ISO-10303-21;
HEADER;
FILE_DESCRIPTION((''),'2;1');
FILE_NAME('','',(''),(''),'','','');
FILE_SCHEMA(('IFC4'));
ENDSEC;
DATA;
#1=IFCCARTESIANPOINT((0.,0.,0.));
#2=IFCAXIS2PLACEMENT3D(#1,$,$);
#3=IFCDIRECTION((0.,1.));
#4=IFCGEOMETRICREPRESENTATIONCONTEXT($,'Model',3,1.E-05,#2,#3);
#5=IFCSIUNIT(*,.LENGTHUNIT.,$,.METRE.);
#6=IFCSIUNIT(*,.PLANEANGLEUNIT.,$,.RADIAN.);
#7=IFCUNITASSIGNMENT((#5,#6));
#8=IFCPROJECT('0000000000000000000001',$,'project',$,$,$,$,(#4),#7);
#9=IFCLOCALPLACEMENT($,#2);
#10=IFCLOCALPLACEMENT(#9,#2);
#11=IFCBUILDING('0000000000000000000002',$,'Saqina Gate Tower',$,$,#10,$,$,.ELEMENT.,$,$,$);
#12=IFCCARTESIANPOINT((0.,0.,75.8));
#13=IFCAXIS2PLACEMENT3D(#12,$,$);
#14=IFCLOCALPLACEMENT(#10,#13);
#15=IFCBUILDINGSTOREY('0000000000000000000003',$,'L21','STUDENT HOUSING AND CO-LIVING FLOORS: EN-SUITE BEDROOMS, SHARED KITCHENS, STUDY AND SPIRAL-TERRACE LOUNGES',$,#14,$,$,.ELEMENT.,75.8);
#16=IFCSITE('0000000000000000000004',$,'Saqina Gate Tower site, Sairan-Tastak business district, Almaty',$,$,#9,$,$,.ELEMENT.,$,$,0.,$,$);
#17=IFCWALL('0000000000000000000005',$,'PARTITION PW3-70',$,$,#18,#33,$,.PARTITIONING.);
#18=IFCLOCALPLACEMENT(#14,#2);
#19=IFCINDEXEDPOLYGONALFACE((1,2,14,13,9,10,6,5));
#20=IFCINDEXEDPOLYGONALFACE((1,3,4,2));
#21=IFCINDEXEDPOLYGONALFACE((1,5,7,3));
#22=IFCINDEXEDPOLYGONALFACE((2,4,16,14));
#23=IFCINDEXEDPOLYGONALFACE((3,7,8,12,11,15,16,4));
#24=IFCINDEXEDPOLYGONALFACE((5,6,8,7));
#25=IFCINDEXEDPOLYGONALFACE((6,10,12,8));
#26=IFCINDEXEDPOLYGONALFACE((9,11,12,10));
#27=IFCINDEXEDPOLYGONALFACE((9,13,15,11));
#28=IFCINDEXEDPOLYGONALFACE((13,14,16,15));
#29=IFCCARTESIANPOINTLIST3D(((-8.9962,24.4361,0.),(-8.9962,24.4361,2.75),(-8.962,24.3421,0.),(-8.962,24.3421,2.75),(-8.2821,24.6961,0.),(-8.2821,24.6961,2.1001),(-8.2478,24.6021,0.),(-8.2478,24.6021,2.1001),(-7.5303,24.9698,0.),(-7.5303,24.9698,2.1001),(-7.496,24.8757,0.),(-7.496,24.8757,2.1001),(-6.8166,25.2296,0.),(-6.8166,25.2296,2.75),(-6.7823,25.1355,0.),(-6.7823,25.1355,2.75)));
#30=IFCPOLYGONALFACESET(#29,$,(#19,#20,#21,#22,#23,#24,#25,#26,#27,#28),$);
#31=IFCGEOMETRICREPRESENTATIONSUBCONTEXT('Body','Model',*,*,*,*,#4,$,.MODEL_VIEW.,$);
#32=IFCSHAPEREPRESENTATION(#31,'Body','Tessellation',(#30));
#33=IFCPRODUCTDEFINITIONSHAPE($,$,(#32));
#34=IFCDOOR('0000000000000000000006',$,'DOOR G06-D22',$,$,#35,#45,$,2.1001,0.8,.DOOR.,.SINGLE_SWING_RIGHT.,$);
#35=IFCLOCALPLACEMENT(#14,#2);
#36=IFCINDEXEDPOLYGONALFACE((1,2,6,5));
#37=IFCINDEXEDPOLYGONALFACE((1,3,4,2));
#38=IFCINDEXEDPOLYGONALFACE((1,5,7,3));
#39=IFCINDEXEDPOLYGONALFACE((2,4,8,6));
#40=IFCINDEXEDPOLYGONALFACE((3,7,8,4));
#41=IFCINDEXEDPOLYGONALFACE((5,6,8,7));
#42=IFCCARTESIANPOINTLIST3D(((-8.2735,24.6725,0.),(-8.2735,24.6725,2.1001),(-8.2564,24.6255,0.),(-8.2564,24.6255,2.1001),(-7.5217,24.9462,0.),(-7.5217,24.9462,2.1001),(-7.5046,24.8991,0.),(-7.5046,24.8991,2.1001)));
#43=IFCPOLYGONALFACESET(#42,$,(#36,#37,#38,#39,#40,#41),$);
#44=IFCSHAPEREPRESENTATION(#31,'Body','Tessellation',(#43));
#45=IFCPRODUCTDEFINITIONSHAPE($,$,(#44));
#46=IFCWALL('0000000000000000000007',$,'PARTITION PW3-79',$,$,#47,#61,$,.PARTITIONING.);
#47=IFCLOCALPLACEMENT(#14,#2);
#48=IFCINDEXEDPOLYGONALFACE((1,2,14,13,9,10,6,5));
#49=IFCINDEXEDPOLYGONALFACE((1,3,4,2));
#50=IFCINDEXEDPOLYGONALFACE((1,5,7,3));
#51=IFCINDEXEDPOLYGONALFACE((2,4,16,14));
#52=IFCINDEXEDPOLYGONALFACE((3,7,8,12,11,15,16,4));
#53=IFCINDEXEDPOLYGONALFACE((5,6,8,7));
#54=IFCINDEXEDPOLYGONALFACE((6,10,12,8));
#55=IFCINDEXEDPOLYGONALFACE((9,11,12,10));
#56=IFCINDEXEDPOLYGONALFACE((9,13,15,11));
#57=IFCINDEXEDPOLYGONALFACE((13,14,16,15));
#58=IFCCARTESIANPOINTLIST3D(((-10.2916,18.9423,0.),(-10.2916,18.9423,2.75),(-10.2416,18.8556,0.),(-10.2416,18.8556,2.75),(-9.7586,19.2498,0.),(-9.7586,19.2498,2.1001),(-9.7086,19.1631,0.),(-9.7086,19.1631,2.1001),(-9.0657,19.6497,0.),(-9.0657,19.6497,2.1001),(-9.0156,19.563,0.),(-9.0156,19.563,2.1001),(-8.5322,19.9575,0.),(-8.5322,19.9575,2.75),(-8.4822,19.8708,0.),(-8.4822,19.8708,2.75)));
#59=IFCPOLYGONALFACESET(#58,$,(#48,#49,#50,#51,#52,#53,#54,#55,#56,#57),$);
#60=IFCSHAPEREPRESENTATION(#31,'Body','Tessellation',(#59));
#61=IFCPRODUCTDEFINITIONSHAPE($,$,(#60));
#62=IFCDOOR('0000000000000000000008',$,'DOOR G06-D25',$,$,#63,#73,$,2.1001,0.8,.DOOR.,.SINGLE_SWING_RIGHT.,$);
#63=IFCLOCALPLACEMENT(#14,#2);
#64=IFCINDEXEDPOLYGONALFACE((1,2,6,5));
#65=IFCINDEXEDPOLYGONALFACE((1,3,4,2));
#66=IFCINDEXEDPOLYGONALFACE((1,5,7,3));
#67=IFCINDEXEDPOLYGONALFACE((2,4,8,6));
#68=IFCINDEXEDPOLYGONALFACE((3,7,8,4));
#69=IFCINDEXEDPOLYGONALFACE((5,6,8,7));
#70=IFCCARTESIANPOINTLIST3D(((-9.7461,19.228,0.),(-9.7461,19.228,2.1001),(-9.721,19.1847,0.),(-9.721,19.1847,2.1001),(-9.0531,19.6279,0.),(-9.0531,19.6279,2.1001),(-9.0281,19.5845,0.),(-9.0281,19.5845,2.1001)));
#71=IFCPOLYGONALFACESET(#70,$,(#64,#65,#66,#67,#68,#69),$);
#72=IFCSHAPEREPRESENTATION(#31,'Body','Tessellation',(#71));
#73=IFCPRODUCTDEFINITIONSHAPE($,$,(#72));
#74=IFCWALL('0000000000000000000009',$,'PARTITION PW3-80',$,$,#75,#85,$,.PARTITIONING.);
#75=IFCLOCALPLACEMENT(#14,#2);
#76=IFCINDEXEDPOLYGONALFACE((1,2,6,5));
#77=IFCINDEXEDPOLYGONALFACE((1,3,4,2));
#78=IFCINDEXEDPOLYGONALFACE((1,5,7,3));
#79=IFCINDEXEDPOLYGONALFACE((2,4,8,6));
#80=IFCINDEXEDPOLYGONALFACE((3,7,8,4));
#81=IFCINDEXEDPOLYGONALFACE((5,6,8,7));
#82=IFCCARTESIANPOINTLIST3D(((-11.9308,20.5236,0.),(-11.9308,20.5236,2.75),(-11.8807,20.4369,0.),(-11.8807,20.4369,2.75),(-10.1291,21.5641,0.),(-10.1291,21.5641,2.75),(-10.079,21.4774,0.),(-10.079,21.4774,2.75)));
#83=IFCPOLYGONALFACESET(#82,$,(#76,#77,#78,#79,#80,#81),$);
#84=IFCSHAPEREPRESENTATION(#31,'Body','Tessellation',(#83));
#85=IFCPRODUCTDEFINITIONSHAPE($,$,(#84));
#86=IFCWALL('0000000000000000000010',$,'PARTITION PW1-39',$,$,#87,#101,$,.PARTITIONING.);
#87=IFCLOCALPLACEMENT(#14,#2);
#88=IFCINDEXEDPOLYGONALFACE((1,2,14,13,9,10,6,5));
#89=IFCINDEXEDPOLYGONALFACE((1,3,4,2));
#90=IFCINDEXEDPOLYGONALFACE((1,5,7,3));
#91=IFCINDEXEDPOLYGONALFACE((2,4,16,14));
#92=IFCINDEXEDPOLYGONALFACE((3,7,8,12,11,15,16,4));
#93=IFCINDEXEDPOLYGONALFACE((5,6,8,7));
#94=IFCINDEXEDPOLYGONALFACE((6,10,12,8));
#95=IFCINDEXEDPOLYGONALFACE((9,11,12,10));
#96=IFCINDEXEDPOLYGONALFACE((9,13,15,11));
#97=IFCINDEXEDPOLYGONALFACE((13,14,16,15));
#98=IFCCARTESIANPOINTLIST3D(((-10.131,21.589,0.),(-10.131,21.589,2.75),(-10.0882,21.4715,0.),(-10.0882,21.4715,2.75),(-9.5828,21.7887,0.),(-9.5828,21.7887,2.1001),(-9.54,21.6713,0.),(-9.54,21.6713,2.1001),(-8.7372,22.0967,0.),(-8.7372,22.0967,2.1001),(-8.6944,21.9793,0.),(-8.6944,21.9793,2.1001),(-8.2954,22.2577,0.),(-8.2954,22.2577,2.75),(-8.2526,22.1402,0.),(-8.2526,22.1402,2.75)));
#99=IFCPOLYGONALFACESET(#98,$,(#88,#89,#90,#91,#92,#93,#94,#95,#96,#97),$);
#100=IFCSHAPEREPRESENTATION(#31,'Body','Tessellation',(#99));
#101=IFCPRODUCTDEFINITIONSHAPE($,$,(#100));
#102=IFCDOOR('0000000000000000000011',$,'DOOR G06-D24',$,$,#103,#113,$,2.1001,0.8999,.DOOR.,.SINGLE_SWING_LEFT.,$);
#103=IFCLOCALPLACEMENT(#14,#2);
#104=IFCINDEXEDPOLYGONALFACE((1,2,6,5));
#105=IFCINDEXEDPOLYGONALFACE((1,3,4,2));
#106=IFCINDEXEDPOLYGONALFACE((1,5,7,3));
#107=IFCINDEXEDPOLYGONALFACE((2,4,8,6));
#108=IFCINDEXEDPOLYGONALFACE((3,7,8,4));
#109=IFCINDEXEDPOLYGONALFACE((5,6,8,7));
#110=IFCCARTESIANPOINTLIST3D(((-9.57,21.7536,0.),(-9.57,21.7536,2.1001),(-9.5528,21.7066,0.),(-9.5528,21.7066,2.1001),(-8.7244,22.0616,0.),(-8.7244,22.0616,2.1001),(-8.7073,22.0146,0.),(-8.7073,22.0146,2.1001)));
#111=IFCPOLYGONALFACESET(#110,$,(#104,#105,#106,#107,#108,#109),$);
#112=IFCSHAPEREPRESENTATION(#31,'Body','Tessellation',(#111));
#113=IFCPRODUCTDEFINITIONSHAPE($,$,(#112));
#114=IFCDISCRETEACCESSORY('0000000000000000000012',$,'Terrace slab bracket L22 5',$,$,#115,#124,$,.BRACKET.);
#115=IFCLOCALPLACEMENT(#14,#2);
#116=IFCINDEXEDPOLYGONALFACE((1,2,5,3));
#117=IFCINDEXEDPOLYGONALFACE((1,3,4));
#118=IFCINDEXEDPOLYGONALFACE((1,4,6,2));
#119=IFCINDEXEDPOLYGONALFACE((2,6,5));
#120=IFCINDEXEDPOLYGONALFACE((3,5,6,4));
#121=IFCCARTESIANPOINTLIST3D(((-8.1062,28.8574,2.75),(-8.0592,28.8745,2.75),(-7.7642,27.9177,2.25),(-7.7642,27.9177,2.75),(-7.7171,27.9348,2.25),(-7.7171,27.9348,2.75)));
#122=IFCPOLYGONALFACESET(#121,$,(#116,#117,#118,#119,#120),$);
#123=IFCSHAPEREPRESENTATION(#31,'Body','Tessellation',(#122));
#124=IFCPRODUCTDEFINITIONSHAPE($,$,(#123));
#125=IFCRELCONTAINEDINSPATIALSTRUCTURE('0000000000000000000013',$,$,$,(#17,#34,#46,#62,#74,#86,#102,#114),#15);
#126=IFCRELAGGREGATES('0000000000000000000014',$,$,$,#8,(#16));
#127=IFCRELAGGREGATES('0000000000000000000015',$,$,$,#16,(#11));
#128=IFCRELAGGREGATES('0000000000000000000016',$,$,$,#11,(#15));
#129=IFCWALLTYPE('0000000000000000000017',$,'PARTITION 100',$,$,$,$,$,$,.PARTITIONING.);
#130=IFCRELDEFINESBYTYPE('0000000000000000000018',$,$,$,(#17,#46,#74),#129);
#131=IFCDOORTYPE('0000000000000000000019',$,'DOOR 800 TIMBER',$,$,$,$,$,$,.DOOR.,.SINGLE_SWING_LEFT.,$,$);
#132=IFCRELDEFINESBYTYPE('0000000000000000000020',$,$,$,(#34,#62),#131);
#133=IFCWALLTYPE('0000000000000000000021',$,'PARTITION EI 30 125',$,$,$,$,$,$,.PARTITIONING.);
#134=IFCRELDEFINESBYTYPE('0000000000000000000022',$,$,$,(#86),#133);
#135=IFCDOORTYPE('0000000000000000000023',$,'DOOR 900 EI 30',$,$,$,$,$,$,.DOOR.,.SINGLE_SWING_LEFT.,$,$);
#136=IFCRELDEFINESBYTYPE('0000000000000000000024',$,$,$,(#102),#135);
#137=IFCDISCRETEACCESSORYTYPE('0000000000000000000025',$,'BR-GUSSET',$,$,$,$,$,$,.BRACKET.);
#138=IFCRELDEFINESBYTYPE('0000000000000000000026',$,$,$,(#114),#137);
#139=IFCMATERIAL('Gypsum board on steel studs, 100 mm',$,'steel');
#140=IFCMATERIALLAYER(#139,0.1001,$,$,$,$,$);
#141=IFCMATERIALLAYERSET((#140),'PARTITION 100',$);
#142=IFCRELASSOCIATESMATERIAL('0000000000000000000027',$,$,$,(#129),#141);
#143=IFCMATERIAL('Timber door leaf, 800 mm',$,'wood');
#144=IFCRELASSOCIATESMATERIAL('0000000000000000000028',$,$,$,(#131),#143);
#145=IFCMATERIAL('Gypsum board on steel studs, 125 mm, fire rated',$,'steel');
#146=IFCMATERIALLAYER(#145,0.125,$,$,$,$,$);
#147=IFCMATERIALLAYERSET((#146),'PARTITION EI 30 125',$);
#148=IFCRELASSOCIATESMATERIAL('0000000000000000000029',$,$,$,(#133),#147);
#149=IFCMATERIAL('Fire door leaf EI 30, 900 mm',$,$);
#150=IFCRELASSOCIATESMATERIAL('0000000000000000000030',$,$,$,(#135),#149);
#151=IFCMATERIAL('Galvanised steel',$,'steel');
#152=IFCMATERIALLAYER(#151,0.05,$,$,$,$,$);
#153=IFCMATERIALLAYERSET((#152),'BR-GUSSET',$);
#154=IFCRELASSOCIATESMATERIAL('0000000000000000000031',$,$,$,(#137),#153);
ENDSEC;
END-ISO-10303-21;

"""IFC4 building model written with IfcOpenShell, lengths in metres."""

from ifc_helpers import new_model, si_unit, direction, frame, frame_2d, origin, place, context, subcontext, project, spatial, polyline, rectangle, outline, extrude, material, layer, layer_set, type_object, element, fill, save


model = new_model("IFC4")

# Units and contexts
model_context = context("Model", 3, precision=1e-05, world=origin(), true_north=direction((0.0, 1.0)))
body_context = subcontext(model_context, "Body", "Model", "MODEL_VIEW")
ifc_project = project(units=[si_unit("LENGTHUNIT", "METRE"), si_unit("PLANEANGLEUNIT", "RADIAN")], contexts=[model_context])

# Site, building, storey
site_placement = place(None, origin())
site = spatial("IfcSite", under=ifc_project, at=site_placement, Name="Saqina Gate Tower site, Sairan-Tastak business district, Almaty", CompositionType="ELEMENT", RefElevation=0.0)
building_placement = place(site_placement, origin())
building = spatial("IfcBuilding", under=site, at=building_placement, Name="Saqina Gate Tower", CompositionType="ELEMENT")
storey_placement = place(building_placement, frame((0.0, 0.0, 75.8)))
storey = spatial("IfcBuildingStorey", under=building, at=storey_placement, Name="L21", Description="STUDENT HOUSING AND CO-LIVING FLOORS: EN-SUITE BEDROOMS, SHARED KITCHENS, STUDY AND SPIRAL-TERRACE LOUNGES", CompositionType="ELEMENT", Elevation=75.8)

# Shared definitions
ifc_material_1 = material(Name="Gypsum board on steel studs, 100 mm", Category="steel")
ifc_layer_1 = layer(ifc_material_1, 0.1001)
ifc_layer_set_1 = layer_set([ifc_layer_1], Name="PARTITION 100")
wall_type_1 = type_object("IfcWallType", Name="PARTITION 100", PredefinedType="PARTITIONING", material=ifc_layer_set_1)

# Walls, openings, doors
wall_1_placement = place(storey_placement, frame((-8.979, 24.3892, 0.0), z_axis=(0.0, 0.0, 1.0), x_axis=(0.939677, 0.342064, 0.0)))
wall_1 = element("IfcWall", 1, at=wall_1_placement, inside=storey, type_object=wall_type_1, Name="PARTITION PW3-70", PredefinedType="PARTITIONING", context=body_context, shape_type="SweptSolid", body=[
    extrude(rectangle(XDim=2.3196, YDim=0.1001, at=frame_2d((1.1597, 0.0))), origin(), (0.0, 0.0, 1.0), 2.75),
])
opening_1_placement = place(wall_1_placement, frame((0.76, 0.0, 0.0)))
opening_1 = element("IfcOpeningElement", 2, at=opening_1_placement, cuts=wall_1, PredefinedType="OPENING", context=body_context, shape_type="SweptSolid", body=[
    extrude(rectangle(XDim=0.8, YDim=2.1001, at=frame_2d((0.3999, 1.05))), frame((0.0, 0.062, 0.0), z_axis=(0.0, -1.0, 0.0), x_axis=(1.0, 0.0, 0.0)), (0.0, 0.0, 1.0), 0.124),
])
ifc_material_2 = material(Name="Timber door leaf, 800 mm", Category="wood")
door_type_1 = type_object("IfcDoorType", Name="DOOR 800 TIMBER", OperationType="SINGLE_SWING_LEFT", PredefinedType="DOOR", material=ifc_material_2)
door_1_placement = place(opening_1_placement, origin())
door_1 = element("IfcDoor", 3, at=door_1_placement, inside=storey, type_object=door_type_1, Name="DOOR G06-D22", OperationType="SINGLE_SWING_RIGHT", OverallHeight=2.1001, OverallWidth=0.8, PredefinedType="DOOR", context=body_context, shape_type="SweptSolid", body=[
    extrude(rectangle(XDim=0.8, YDim=2.1001, at=frame_2d((0.3999, 1.05))), frame((0.0, 0.0249, 0.0), z_axis=(0.0, -1.0, 0.0), x_axis=(1.0, 0.0, 0.0)), (0.0, 0.0, 1.0), 0.05),
])
fill(opening_1, door_1)
wall_2_placement = place(storey_placement, frame((-10.2666, 18.8989, 0.0), z_axis=(0.0, 0.0, 1.0), x_axis=(0.86615, 0.499785, 0.0)))
wall_2 = element("IfcWall", 4, at=wall_2_placement, inside=storey, type_object=wall_type_1, Name="PARTITION PW3-79", PredefinedType="PARTITIONING", context=body_context, shape_type="SweptSolid", body=[
    extrude(rectangle(XDim=2.0312, YDim=0.1001, at=frame_2d((1.0156, 0.0))), origin(), (0.0, 0.0, 1.0), 2.75),
])
opening_2_placement = place(wall_2_placement, frame((0.6155, 0.0, 0.0)))
opening_2 = element("IfcOpeningElement", 5, at=opening_2_placement, cuts=wall_2, PredefinedType="OPENING", context=body_context, shape_type="SweptSolid", body=[
    extrude(rectangle(XDim=0.8, YDim=2.1001, at=frame_2d((0.3999, 1.05))), frame((0.0, 0.062, 0.0), z_axis=(0.0, -1.0, 0.0), x_axis=(1.0, 0.0, 0.0)), (0.0, 0.0, 1.0), 0.124),
])
door_2_placement = place(opening_2_placement, origin())
door_2 = element("IfcDoor", 6, at=door_2_placement, inside=storey, type_object=door_type_1, Name="DOOR G06-D25", OperationType="SINGLE_SWING_RIGHT", OverallHeight=2.1001, OverallWidth=0.8, PredefinedType="DOOR", context=body_context, shape_type="SweptSolid", body=[
    extrude(rectangle(XDim=0.8, YDim=2.1001, at=frame_2d((0.3999, 1.05))), frame((0.0, 0.0249, 0.0), z_axis=(0.0, -1.0, 0.0), x_axis=(1.0, 0.0, 0.0)), (0.0, 0.0, 1.0), 0.05),
])
fill(opening_2, door_2)

# Wall
wall_3_placement = place(storey_placement, frame((-11.9058, 20.4802, 0.0), z_axis=(0.0, 0.0, 1.0), x_axis=(0.865967, 0.500102, 0.0)))
element("IfcWall", 7, at=wall_3_placement, inside=storey, type_object=wall_type_1, Name="PARTITION PW3-80", PredefinedType="PARTITIONING", context=body_context, shape_type="SweptSolid", body=[
    extrude(rectangle(XDim=2.0806, YDim=0.1001, at=frame_2d((1.0403, 0.0))), origin(), (0.0, 0.0, 1.0), 2.75),
])

# Wall, opening, door
ifc_material_3 = material(Name="Gypsum board on steel studs, 125 mm, fire rated", Category="steel")
ifc_layer_2 = layer(ifc_material_3, 0.125)
ifc_layer_set_2 = layer_set([ifc_layer_2], Name="PARTITION EI 30 125")
wall_type_2 = type_object("IfcWallType", Name="PARTITION EI 30 125", PredefinedType="PARTITIONING", material=ifc_layer_set_2)
wall_4_placement = place(storey_placement, frame((-10.1096, 21.5303, 0.0), z_axis=(0.0, 0.0, 1.0), x_axis=(0.9396, 0.342275, 0.0)))
wall_4 = element("IfcWall", 8, at=wall_4_placement, inside=storey, type_object=wall_type_2, Name="PARTITION PW1-39", PredefinedType="PARTITIONING", context=body_context, shape_type="SweptSolid", body=[
    extrude(rectangle(XDim=1.9536, YDim=0.125, at=frame_2d((0.9768, 0.0))), origin(), (0.0, 0.0, 1.0), 2.75),
])
opening_3_placement = place(wall_4_placement, frame((0.5835, 0.0, 0.0)))
opening_3 = element("IfcOpeningElement", 9, at=opening_3_placement, cuts=wall_4, PredefinedType="OPENING", context=body_context, shape_type="SweptSolid", body=[
    extrude(rectangle(XDim=0.8999, YDim=2.1001, at=frame_2d((0.45, 1.05))), frame((0.0, 0.0745, 0.0), z_axis=(0.0, -1.0, 0.0), x_axis=(1.0, 0.0, 0.0)), (0.0, 0.0, 1.0), 0.1489),
])
ifc_material_4 = material(Name="Fire door leaf EI 30, 900 mm")
door_type_2 = type_object("IfcDoorType", Name="DOOR 900 EI 30", OperationType="SINGLE_SWING_LEFT", PredefinedType="DOOR", material=ifc_material_4)
door_3_placement = place(opening_3_placement, frame((0.8999, 0.0, 0.0), z_axis=(0.0, 0.0, 1.0), x_axis=(-1.0, 0.0, 0.0)))
door_3 = element("IfcDoor", 10, at=door_3_placement, inside=storey, type_object=door_type_2, Name="DOOR G06-D24", OperationType="SINGLE_SWING_LEFT", OverallHeight=2.1001, OverallWidth=0.8999, PredefinedType="DOOR", context=body_context, shape_type="SweptSolid", body=[
    extrude(rectangle(XDim=0.8999, YDim=2.1001, at=frame_2d((0.45, 1.05))), frame((0.0, 0.0249, 0.0), z_axis=(0.0, -1.0, 0.0), x_axis=(1.0, 0.0, 0.0)), (0.0, 0.0, 1.0), 0.05),
])
fill(opening_3, door_3)

# Discrete accessory
ifc_material_5 = material(Name="Galvanised steel", Category="steel")
ifc_layer_3 = layer(ifc_material_5, 0.05)
ifc_layer_set_3 = layer_set([ifc_layer_3], Name="BR-GUSSET")
discrete_accessory_type = type_object("IfcDiscreteAccessoryType", Name="BR-GUSSET", PredefinedType="BRACKET", material=ifc_layer_set_3)
discrete_accessory_placement = place(storey_placement, frame((-7.7642, 27.9177, 2.25), z_axis=(-0.939686, -0.342037, 0.0), x_axis=(0.0, 0.0, 1.0)))
element("IfcDiscreteAccessory", 11, at=discrete_accessory_placement, inside=storey, type_object=discrete_accessory_type, Name="Terrace slab bracket L22 5", PredefinedType="BRACKET", context=body_context, shape_type="SweptSolid", body=[
    extrude(outline(polyline([(0.0, 0.0), (0.5, 0.0), (0.5, 1.0), (0.0, 0.0)])), origin(), (0.0, 0.0, -1.0), 0.05),
])

save(model, "model.ifc")
